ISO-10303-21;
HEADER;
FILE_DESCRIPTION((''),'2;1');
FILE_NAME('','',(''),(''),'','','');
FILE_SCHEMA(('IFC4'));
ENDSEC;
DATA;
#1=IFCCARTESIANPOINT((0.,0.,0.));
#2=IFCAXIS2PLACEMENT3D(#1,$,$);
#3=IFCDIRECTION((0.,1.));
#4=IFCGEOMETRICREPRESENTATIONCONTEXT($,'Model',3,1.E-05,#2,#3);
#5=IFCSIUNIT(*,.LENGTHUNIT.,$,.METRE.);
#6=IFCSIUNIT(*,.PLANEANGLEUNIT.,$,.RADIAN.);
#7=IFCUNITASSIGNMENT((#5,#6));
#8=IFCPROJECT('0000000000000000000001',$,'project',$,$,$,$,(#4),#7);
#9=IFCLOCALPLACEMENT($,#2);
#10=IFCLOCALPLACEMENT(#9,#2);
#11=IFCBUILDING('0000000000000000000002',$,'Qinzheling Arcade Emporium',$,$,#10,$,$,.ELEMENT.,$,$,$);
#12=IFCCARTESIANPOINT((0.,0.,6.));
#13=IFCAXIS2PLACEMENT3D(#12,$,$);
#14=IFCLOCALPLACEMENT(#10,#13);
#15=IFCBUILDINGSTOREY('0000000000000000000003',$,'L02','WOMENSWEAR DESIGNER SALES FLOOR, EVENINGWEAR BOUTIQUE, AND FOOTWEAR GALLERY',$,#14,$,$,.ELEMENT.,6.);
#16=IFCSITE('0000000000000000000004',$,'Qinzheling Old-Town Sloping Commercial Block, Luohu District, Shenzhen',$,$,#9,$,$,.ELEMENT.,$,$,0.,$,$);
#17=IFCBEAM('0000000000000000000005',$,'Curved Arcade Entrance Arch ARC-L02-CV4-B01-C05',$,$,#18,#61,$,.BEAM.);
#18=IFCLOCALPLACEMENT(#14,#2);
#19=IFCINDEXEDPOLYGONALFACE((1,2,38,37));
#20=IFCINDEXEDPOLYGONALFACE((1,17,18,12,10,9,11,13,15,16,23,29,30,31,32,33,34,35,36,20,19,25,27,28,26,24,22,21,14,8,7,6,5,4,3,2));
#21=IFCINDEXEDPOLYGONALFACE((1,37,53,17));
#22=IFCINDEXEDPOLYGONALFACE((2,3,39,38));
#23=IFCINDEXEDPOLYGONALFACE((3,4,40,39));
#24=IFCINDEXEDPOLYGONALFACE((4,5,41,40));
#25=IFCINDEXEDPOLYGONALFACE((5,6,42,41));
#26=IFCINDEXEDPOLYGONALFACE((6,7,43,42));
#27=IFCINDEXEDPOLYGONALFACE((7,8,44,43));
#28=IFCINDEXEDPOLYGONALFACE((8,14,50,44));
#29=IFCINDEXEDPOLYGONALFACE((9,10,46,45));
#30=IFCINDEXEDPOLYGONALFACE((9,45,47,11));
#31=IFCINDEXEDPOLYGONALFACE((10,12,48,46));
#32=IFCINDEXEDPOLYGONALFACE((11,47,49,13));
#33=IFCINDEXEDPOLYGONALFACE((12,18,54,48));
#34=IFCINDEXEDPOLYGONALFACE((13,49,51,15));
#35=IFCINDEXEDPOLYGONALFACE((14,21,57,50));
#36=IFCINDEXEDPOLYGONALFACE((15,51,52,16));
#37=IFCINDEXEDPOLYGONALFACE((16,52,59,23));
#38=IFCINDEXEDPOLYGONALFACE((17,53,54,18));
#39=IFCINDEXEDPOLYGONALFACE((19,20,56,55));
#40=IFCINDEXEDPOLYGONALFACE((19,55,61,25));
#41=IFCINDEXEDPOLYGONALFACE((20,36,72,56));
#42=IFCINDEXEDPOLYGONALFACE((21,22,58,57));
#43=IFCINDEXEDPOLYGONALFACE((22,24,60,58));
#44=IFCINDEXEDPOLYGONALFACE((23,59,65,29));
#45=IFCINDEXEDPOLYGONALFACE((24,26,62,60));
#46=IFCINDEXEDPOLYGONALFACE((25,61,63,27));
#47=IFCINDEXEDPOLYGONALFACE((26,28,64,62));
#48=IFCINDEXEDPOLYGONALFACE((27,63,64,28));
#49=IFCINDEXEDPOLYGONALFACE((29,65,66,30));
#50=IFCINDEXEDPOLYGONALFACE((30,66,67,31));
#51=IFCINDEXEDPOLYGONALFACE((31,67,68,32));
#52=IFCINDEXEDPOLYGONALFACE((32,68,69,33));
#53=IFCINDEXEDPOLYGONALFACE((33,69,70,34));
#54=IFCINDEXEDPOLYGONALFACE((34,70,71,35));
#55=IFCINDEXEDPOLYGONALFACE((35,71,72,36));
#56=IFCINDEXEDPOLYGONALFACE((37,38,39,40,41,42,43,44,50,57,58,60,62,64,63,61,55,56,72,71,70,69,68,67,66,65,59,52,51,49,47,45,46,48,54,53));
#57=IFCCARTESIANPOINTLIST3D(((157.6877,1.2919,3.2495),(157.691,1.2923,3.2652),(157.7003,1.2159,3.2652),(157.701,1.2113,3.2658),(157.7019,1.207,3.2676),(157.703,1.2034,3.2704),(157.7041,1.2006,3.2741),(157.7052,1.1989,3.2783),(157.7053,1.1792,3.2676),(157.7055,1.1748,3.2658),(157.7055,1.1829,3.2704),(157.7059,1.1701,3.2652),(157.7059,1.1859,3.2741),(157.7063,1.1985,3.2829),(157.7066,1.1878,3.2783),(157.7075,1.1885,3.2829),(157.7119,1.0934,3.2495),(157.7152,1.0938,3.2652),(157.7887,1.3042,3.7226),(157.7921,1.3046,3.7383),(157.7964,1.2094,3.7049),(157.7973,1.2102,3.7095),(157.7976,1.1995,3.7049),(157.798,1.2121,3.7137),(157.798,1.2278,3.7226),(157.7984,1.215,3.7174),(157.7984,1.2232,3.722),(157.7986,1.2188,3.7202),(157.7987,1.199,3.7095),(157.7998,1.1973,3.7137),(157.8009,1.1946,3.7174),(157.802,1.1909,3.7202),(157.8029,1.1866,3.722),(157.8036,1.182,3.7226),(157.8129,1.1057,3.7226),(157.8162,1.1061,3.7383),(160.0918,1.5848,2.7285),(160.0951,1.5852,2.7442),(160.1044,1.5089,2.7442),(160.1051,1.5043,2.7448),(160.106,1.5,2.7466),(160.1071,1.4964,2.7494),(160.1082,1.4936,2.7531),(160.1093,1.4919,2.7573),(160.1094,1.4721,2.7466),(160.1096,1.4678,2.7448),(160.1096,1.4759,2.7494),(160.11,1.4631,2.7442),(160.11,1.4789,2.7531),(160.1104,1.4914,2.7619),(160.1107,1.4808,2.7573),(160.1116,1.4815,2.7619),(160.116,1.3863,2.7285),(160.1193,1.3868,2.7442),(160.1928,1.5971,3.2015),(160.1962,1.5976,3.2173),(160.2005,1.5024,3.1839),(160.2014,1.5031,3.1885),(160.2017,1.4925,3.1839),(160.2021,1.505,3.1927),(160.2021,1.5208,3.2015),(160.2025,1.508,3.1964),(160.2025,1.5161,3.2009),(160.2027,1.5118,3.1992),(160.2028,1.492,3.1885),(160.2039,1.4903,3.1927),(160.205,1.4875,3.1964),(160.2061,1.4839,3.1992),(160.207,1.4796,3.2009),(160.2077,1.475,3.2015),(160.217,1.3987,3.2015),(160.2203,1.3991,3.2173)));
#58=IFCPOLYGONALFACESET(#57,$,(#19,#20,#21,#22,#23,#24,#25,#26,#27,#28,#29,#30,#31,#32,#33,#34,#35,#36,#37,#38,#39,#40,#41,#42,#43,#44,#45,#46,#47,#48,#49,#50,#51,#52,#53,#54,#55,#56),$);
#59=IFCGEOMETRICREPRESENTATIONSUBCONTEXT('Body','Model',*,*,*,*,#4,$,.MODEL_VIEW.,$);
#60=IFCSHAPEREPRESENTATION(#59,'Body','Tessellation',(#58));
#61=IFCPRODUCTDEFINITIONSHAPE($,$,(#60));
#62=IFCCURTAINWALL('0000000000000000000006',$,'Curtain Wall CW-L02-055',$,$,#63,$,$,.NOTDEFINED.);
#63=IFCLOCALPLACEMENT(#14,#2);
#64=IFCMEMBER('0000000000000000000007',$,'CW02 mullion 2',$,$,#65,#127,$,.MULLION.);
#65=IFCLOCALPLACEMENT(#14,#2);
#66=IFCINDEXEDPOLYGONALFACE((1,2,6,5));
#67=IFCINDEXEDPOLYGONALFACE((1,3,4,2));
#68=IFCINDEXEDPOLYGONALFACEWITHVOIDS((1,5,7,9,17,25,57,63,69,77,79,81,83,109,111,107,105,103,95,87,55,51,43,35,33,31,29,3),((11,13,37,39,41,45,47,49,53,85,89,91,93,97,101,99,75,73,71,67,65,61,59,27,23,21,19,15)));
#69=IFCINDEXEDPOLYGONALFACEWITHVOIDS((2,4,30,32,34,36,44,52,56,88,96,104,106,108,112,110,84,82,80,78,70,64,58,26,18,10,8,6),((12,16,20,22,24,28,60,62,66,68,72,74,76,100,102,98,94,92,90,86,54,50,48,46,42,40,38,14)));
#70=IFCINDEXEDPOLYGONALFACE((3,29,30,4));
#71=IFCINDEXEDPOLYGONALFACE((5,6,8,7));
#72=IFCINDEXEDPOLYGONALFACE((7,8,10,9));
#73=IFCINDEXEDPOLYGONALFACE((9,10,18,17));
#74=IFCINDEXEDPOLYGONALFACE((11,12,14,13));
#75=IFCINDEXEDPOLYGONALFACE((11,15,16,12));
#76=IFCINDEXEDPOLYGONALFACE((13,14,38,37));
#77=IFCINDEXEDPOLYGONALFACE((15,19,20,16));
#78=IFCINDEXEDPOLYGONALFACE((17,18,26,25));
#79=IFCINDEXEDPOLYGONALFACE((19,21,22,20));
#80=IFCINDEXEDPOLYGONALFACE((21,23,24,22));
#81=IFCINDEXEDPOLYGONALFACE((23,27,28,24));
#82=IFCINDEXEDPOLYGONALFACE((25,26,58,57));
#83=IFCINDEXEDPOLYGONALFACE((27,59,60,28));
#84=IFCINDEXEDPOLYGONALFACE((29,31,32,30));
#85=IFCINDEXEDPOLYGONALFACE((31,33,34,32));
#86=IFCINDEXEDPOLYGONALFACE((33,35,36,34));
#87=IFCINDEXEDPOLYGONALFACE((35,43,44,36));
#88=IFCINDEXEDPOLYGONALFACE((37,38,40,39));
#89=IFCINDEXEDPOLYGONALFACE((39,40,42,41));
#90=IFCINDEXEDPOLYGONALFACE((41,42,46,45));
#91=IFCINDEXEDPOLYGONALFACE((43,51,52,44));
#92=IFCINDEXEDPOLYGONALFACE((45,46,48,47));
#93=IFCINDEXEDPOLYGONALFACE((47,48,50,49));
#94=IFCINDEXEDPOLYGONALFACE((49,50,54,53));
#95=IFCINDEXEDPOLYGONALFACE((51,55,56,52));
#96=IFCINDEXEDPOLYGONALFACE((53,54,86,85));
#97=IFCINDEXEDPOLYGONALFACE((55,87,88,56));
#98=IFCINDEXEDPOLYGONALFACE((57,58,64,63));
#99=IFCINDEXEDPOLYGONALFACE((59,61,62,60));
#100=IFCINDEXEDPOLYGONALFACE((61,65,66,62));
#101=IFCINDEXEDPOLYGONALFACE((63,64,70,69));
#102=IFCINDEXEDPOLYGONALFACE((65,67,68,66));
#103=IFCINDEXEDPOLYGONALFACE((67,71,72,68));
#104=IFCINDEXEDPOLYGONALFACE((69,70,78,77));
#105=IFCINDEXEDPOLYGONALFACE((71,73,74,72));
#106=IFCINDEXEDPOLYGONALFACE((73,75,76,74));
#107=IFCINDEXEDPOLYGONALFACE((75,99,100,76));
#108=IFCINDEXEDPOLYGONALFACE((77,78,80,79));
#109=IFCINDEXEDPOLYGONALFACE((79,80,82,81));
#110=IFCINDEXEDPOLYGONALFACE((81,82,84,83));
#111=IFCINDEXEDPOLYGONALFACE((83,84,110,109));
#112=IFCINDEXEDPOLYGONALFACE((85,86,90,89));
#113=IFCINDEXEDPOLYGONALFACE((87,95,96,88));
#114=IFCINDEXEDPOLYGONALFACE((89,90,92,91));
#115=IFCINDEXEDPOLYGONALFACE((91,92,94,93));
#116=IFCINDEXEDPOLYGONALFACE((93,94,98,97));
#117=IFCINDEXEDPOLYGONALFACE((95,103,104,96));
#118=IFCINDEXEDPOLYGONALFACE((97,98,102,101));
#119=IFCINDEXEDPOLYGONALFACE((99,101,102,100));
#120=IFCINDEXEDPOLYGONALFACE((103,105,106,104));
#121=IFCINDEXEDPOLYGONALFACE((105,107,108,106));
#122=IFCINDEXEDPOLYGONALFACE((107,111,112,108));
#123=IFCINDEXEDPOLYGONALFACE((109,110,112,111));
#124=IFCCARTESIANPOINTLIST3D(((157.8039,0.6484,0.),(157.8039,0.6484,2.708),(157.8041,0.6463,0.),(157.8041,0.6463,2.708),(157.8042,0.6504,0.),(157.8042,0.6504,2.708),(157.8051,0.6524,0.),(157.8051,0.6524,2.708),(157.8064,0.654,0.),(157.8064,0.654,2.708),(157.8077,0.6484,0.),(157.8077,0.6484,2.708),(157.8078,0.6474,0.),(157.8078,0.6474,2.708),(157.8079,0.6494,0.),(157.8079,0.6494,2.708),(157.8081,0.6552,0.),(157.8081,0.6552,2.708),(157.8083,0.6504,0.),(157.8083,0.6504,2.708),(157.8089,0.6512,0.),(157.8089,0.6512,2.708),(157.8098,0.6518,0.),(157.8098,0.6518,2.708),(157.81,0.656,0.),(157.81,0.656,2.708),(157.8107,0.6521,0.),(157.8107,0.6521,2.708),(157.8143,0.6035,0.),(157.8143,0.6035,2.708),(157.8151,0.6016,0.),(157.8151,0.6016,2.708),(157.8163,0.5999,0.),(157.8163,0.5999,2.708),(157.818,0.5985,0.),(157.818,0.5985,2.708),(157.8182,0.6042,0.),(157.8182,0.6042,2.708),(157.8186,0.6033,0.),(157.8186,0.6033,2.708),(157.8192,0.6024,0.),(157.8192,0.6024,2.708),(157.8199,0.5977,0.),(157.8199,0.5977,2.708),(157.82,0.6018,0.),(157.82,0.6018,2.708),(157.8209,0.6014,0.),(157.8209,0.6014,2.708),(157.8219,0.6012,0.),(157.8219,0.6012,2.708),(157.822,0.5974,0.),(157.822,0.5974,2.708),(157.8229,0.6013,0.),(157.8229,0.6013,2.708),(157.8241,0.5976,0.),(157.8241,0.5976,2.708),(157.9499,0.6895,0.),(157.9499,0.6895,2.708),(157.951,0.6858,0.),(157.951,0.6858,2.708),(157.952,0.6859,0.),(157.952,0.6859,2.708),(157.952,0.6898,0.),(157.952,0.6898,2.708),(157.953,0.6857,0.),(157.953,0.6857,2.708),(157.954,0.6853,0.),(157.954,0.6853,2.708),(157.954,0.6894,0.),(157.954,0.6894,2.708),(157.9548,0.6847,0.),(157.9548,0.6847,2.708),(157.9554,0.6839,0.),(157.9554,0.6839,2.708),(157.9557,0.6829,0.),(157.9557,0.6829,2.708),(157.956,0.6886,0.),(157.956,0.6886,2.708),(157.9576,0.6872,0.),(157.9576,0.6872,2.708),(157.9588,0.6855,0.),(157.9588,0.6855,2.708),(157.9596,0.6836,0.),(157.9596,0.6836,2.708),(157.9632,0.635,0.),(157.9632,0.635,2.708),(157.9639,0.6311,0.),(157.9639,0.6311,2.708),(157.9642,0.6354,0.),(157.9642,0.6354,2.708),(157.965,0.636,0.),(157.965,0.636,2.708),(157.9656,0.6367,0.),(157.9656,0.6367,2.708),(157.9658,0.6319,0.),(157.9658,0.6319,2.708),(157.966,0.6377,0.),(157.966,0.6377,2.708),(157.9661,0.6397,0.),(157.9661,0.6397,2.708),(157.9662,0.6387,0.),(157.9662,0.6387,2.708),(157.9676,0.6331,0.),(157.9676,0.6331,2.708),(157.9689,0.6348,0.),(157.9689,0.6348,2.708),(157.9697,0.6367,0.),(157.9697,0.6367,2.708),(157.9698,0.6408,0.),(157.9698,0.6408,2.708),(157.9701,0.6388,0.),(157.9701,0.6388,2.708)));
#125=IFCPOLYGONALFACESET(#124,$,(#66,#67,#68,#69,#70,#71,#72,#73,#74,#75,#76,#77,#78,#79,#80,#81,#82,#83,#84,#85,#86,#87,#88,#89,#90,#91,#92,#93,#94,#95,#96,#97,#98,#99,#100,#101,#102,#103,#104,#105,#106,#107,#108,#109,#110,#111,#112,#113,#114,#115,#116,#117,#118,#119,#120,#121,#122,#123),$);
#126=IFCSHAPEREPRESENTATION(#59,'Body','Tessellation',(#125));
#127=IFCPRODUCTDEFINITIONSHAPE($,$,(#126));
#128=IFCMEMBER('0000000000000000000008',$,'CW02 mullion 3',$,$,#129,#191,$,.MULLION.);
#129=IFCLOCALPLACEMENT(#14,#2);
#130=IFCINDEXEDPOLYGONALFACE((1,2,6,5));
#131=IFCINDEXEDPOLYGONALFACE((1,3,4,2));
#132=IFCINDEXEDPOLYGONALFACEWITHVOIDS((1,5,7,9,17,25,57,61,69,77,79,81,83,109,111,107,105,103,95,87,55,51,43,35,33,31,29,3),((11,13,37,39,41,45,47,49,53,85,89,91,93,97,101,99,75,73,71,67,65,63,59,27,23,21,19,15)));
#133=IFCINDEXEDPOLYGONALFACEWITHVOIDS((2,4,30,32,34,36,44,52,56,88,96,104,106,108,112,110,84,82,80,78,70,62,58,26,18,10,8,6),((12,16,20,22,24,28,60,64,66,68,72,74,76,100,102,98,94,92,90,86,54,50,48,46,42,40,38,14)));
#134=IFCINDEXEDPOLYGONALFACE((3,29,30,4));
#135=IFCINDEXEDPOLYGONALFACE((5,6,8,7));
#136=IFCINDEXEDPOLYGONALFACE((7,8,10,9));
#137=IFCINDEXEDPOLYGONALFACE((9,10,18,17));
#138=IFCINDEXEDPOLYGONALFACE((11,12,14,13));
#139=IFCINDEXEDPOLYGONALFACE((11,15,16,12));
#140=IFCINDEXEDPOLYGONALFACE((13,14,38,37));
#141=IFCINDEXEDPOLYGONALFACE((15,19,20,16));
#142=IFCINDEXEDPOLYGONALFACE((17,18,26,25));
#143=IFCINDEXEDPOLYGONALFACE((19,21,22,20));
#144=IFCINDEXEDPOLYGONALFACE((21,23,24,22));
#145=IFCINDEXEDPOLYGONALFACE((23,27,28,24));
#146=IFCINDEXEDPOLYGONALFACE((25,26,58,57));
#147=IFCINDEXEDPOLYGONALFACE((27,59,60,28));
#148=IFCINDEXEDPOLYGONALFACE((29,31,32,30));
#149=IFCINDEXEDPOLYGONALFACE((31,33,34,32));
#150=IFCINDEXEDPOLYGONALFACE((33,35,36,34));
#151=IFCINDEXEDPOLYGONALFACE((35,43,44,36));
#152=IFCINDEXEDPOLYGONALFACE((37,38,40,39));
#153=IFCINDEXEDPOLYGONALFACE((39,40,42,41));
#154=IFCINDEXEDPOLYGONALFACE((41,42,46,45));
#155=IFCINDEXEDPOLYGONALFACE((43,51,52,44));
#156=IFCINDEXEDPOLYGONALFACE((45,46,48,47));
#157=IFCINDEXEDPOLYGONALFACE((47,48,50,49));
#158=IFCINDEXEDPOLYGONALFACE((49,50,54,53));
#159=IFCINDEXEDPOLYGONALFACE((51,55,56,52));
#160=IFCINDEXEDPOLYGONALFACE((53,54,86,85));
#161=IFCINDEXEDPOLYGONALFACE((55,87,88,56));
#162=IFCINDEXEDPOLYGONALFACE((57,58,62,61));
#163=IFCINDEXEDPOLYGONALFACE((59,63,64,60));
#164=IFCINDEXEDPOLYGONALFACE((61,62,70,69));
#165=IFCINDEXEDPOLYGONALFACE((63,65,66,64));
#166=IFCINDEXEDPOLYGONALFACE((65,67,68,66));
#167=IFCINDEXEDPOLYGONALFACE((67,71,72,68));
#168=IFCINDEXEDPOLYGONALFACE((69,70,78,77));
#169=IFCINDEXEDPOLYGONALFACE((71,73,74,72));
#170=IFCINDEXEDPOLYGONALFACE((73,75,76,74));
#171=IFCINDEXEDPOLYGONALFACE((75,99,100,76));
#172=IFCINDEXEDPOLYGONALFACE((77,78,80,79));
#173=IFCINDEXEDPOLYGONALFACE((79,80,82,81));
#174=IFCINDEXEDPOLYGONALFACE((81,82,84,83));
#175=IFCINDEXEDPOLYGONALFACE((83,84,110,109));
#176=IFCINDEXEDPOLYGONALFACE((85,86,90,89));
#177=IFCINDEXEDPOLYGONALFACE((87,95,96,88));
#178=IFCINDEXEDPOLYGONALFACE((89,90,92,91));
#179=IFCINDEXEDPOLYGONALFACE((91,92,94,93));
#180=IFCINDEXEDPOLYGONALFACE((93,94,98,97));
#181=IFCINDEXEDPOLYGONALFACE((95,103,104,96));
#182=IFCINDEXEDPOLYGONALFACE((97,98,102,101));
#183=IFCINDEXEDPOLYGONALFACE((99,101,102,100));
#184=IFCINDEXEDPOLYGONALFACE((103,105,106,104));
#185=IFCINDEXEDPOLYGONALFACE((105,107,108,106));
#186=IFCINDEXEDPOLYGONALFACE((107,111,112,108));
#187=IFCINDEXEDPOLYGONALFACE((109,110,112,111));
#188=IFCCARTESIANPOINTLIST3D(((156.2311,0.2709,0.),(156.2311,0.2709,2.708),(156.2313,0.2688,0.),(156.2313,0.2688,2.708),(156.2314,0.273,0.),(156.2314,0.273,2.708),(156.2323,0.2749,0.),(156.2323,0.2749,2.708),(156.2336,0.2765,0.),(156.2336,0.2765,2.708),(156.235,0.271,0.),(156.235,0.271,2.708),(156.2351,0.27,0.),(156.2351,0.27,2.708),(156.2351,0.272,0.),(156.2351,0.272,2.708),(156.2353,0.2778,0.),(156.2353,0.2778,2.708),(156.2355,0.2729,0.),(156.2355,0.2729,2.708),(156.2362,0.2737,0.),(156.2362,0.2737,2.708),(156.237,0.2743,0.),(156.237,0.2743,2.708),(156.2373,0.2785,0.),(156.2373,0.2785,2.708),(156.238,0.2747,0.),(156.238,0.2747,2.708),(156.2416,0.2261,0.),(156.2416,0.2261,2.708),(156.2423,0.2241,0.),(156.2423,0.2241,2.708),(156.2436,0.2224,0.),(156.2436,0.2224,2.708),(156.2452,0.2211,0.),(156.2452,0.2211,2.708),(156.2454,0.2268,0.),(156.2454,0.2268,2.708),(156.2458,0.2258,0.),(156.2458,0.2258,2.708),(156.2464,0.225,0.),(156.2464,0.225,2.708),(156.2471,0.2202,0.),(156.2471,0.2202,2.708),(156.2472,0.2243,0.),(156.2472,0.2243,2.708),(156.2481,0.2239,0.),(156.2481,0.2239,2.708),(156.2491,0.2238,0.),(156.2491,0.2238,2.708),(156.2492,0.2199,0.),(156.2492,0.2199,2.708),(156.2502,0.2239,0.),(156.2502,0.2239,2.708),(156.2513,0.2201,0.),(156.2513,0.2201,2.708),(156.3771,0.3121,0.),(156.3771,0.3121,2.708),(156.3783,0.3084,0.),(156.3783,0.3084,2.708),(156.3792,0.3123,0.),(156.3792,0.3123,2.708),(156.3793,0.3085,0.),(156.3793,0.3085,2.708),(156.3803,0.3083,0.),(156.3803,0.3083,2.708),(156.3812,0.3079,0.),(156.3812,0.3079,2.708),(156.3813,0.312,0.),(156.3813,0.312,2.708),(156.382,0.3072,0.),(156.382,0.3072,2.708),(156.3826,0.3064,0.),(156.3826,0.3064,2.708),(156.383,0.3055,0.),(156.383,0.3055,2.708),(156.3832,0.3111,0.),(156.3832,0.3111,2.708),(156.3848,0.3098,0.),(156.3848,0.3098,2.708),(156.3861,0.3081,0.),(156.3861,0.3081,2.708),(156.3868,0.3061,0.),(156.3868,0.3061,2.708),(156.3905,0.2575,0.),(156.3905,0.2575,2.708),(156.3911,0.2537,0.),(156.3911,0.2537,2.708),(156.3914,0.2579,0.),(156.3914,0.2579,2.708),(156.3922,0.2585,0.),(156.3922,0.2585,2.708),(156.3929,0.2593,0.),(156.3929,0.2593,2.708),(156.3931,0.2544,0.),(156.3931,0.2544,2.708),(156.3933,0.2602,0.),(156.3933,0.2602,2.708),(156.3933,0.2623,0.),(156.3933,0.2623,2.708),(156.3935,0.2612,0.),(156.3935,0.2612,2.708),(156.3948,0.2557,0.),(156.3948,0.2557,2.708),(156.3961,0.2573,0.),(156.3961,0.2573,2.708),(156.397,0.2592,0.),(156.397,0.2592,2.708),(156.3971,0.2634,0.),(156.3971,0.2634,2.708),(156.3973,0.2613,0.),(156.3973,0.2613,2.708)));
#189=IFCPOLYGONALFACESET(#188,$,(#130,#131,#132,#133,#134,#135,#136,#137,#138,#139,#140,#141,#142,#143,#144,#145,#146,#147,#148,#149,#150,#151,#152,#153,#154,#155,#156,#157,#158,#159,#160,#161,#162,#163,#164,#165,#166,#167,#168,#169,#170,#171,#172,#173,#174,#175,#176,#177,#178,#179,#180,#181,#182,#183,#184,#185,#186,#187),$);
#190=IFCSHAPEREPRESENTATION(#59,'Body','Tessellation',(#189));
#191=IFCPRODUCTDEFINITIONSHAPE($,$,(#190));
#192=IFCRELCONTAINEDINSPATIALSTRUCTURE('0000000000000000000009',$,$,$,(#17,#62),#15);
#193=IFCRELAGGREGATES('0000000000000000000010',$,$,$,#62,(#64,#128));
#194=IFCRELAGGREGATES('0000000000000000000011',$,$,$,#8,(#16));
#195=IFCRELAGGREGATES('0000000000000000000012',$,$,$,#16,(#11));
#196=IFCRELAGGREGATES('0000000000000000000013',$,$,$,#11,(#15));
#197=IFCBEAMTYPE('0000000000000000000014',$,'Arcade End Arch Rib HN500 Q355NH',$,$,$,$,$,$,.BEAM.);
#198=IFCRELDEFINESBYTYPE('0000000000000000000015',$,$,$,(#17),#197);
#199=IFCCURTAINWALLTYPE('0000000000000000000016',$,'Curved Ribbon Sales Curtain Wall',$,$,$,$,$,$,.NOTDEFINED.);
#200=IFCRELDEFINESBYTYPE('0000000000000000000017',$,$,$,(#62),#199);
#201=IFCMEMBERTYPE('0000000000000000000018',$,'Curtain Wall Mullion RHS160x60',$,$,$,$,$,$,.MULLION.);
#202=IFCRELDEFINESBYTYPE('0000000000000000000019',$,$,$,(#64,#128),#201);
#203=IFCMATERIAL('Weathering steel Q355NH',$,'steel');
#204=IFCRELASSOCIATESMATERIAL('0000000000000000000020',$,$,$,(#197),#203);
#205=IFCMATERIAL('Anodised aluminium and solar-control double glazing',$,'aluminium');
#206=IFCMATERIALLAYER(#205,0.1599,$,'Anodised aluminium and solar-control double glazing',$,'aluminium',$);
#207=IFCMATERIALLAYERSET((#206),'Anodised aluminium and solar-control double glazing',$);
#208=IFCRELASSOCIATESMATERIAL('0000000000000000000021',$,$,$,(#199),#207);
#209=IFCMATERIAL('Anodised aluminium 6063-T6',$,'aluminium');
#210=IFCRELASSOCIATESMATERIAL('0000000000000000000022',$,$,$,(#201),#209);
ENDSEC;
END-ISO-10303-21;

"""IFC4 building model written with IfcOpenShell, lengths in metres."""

from ifc_helpers import new_model, si_unit, direction, frame, origin, origin_2d, place, context, subcontext, project, spatial, hollow_rectangle, i_section, extrude, material, layer, layer_set, material_profile, profile_set, type_object, element, aggregate, save


model = new_model("IFC4")

# Units and contexts
model_context = context("Model", 3, precision=1e-05, world=origin(), true_north=direction((0.0, 1.0)))
body_context = subcontext(model_context, "Body", "Model", "MODEL_VIEW")
ifc_project = project(units=[si_unit("LENGTHUNIT", "METRE"), si_unit("PLANEANGLEUNIT", "RADIAN")], contexts=[model_context])

# Site, building, storey
site_placement = place(None, origin())
site = spatial("IfcSite", under=ifc_project, at=site_placement, Name="Qinzheling Old-Town Sloping Commercial Block, Luohu District, Shenzhen", CompositionType="ELEMENT", RefElevation=0.0)
building_placement = place(site_placement, origin())
building = spatial("IfcBuilding", under=site, at=building_placement, Name="Qinzheling Arcade Emporium", CompositionType="ELEMENT")
storey_placement = place(building_placement, frame((0.0, 0.0, 6.0)))
storey = spatial("IfcBuildingStorey", under=building, at=storey_placement, Name="L02", Description="WOMENSWEAR DESIGNER SALES FLOOR, EVENINGWEAR BOUTIQUE, AND FOOTWEAR GALLERY", CompositionType="ELEMENT", Elevation=6.0)

# Beam
ifc_material_1 = material(Name="Weathering steel Q355NH", Category="steel")
ifc_material_profile_1 = material_profile(ifc_material_1, i_section(OverallWidth=0.2, OverallDepth=0.5, WebThickness=0.01, FlangeThickness=0.0161, FilletRadius=0.0181, at=origin_2d()), Name="HN 500x200x10x16", Category="steel")
ifc_profile_set_1 = profile_set([ifc_material_profile_1], Name="Weathering steel Q355NH")
beam_type = type_object("IfcBeamType", Name="Arcade End Arch Rib HN500 Q355NH", PredefinedType="BEAM", material=ifc_profile_set_1)
beam_placement = place(storey_placement, frame((157.752, 1.199, 3.4939), z_axis=(0.970455, 0.118264, -0.210313), x_axis=(-0.12097, 0.992656, 0.0)))
element("IfcBeam", 1, at=beam_placement, inside=storey, type_object=beam_type, Name="Curved Arcade Entrance Arch ARC-L02-CV4-B01-C05", PredefinedType="BEAM", context=body_context, shape_type="SweptSolid", body=[
    extrude(i_section(OverallWidth=0.2, OverallDepth=0.5, WebThickness=0.01, FlangeThickness=0.0161, FilletRadius=0.0181, at=origin_2d()), origin(), (0.0, 0.0, 1.0), 2.4773),
])

# Curtain wall, members
ifc_material_2 = material(Name="Anodised aluminium and solar-control double glazing", Category="aluminium")
ifc_layer_1 = layer(ifc_material_2, 0.1599, Name="Anodised aluminium and solar-control double glazing", Category="aluminium")
ifc_layer_set_1 = layer_set([ifc_layer_1], Name="Anodised aluminium and solar-control double glazing")
curtain_wall_type = type_object("IfcCurtainWallType", Name="Curved Ribbon Sales Curtain Wall", PredefinedType="NOTDEFINED", material=ifc_layer_set_1)
curtain_wall_1_placement = place(storey_placement, origin())
curtain_wall_1 = element("IfcCurtainWall", 2, at=curtain_wall_1_placement, inside=storey, type_object=curtain_wall_type, Name="Curtain Wall CW-L02-055", PredefinedType="NOTDEFINED")
ifc_material_3 = material(Name="Anodised aluminium 6063-T6", Category="aluminium")
ifc_material_profile_2 = material_profile(ifc_material_3, hollow_rectangle(XDim=0.0601, YDim=0.1599, WallThickness=0.0039, InnerFilletRadius=0.0039, OuterFilletRadius=0.0081, at=origin_2d()), Name="RHS 160x60x4", Category="aluminium")
ifc_profile_set_2 = profile_set([ifc_material_profile_2], Name="Anodised aluminium 6063-T6")
member_type_1 = type_object("IfcMemberType", Name="Curtain Wall Mullion RHS160x60", PredefinedType="MULLION", material=ifc_profile_set_2)
member_1_placement = place(storey_placement, frame((157.887, 0.6436, 0.0), z_axis=(0.0, 0.0, 1.0), x_axis=(0.233384, -0.972385, 0.0)))
member_1 = element("IfcMember", 3, at=member_1_placement, type_object=member_type_1, Name="CW02 mullion 2", PredefinedType="MULLION", context=body_context, shape_type="SweptSolid", body=[
    extrude(hollow_rectangle(XDim=0.0601, YDim=0.1599, WallThickness=0.0039, InnerFilletRadius=0.0039, OuterFilletRadius=0.0081, at=origin_2d()), origin(), (0.0, 0.0, 1.0), 2.708),
])
member_2_placement = place(storey_placement, frame((156.3142, 0.2661, 0.0), z_axis=(0.0, 0.0, 1.0), x_axis=(0.233384, -0.972385, 0.0)))
member_2 = element("IfcMember", 4, at=member_2_placement, type_object=member_type_1, Name="CW02 mullion 3", PredefinedType="MULLION", context=body_context, shape_type="SweptSolid", body=[
    extrude(hollow_rectangle(XDim=0.0601, YDim=0.1599, WallThickness=0.0039, InnerFilletRadius=0.0039, OuterFilletRadius=0.0081, at=origin_2d()), origin(), (0.0, 0.0, 1.0), 2.708),
])

aggregate(curtain_wall_1, [member_1, member_2])

save(model, "model.ifc")
